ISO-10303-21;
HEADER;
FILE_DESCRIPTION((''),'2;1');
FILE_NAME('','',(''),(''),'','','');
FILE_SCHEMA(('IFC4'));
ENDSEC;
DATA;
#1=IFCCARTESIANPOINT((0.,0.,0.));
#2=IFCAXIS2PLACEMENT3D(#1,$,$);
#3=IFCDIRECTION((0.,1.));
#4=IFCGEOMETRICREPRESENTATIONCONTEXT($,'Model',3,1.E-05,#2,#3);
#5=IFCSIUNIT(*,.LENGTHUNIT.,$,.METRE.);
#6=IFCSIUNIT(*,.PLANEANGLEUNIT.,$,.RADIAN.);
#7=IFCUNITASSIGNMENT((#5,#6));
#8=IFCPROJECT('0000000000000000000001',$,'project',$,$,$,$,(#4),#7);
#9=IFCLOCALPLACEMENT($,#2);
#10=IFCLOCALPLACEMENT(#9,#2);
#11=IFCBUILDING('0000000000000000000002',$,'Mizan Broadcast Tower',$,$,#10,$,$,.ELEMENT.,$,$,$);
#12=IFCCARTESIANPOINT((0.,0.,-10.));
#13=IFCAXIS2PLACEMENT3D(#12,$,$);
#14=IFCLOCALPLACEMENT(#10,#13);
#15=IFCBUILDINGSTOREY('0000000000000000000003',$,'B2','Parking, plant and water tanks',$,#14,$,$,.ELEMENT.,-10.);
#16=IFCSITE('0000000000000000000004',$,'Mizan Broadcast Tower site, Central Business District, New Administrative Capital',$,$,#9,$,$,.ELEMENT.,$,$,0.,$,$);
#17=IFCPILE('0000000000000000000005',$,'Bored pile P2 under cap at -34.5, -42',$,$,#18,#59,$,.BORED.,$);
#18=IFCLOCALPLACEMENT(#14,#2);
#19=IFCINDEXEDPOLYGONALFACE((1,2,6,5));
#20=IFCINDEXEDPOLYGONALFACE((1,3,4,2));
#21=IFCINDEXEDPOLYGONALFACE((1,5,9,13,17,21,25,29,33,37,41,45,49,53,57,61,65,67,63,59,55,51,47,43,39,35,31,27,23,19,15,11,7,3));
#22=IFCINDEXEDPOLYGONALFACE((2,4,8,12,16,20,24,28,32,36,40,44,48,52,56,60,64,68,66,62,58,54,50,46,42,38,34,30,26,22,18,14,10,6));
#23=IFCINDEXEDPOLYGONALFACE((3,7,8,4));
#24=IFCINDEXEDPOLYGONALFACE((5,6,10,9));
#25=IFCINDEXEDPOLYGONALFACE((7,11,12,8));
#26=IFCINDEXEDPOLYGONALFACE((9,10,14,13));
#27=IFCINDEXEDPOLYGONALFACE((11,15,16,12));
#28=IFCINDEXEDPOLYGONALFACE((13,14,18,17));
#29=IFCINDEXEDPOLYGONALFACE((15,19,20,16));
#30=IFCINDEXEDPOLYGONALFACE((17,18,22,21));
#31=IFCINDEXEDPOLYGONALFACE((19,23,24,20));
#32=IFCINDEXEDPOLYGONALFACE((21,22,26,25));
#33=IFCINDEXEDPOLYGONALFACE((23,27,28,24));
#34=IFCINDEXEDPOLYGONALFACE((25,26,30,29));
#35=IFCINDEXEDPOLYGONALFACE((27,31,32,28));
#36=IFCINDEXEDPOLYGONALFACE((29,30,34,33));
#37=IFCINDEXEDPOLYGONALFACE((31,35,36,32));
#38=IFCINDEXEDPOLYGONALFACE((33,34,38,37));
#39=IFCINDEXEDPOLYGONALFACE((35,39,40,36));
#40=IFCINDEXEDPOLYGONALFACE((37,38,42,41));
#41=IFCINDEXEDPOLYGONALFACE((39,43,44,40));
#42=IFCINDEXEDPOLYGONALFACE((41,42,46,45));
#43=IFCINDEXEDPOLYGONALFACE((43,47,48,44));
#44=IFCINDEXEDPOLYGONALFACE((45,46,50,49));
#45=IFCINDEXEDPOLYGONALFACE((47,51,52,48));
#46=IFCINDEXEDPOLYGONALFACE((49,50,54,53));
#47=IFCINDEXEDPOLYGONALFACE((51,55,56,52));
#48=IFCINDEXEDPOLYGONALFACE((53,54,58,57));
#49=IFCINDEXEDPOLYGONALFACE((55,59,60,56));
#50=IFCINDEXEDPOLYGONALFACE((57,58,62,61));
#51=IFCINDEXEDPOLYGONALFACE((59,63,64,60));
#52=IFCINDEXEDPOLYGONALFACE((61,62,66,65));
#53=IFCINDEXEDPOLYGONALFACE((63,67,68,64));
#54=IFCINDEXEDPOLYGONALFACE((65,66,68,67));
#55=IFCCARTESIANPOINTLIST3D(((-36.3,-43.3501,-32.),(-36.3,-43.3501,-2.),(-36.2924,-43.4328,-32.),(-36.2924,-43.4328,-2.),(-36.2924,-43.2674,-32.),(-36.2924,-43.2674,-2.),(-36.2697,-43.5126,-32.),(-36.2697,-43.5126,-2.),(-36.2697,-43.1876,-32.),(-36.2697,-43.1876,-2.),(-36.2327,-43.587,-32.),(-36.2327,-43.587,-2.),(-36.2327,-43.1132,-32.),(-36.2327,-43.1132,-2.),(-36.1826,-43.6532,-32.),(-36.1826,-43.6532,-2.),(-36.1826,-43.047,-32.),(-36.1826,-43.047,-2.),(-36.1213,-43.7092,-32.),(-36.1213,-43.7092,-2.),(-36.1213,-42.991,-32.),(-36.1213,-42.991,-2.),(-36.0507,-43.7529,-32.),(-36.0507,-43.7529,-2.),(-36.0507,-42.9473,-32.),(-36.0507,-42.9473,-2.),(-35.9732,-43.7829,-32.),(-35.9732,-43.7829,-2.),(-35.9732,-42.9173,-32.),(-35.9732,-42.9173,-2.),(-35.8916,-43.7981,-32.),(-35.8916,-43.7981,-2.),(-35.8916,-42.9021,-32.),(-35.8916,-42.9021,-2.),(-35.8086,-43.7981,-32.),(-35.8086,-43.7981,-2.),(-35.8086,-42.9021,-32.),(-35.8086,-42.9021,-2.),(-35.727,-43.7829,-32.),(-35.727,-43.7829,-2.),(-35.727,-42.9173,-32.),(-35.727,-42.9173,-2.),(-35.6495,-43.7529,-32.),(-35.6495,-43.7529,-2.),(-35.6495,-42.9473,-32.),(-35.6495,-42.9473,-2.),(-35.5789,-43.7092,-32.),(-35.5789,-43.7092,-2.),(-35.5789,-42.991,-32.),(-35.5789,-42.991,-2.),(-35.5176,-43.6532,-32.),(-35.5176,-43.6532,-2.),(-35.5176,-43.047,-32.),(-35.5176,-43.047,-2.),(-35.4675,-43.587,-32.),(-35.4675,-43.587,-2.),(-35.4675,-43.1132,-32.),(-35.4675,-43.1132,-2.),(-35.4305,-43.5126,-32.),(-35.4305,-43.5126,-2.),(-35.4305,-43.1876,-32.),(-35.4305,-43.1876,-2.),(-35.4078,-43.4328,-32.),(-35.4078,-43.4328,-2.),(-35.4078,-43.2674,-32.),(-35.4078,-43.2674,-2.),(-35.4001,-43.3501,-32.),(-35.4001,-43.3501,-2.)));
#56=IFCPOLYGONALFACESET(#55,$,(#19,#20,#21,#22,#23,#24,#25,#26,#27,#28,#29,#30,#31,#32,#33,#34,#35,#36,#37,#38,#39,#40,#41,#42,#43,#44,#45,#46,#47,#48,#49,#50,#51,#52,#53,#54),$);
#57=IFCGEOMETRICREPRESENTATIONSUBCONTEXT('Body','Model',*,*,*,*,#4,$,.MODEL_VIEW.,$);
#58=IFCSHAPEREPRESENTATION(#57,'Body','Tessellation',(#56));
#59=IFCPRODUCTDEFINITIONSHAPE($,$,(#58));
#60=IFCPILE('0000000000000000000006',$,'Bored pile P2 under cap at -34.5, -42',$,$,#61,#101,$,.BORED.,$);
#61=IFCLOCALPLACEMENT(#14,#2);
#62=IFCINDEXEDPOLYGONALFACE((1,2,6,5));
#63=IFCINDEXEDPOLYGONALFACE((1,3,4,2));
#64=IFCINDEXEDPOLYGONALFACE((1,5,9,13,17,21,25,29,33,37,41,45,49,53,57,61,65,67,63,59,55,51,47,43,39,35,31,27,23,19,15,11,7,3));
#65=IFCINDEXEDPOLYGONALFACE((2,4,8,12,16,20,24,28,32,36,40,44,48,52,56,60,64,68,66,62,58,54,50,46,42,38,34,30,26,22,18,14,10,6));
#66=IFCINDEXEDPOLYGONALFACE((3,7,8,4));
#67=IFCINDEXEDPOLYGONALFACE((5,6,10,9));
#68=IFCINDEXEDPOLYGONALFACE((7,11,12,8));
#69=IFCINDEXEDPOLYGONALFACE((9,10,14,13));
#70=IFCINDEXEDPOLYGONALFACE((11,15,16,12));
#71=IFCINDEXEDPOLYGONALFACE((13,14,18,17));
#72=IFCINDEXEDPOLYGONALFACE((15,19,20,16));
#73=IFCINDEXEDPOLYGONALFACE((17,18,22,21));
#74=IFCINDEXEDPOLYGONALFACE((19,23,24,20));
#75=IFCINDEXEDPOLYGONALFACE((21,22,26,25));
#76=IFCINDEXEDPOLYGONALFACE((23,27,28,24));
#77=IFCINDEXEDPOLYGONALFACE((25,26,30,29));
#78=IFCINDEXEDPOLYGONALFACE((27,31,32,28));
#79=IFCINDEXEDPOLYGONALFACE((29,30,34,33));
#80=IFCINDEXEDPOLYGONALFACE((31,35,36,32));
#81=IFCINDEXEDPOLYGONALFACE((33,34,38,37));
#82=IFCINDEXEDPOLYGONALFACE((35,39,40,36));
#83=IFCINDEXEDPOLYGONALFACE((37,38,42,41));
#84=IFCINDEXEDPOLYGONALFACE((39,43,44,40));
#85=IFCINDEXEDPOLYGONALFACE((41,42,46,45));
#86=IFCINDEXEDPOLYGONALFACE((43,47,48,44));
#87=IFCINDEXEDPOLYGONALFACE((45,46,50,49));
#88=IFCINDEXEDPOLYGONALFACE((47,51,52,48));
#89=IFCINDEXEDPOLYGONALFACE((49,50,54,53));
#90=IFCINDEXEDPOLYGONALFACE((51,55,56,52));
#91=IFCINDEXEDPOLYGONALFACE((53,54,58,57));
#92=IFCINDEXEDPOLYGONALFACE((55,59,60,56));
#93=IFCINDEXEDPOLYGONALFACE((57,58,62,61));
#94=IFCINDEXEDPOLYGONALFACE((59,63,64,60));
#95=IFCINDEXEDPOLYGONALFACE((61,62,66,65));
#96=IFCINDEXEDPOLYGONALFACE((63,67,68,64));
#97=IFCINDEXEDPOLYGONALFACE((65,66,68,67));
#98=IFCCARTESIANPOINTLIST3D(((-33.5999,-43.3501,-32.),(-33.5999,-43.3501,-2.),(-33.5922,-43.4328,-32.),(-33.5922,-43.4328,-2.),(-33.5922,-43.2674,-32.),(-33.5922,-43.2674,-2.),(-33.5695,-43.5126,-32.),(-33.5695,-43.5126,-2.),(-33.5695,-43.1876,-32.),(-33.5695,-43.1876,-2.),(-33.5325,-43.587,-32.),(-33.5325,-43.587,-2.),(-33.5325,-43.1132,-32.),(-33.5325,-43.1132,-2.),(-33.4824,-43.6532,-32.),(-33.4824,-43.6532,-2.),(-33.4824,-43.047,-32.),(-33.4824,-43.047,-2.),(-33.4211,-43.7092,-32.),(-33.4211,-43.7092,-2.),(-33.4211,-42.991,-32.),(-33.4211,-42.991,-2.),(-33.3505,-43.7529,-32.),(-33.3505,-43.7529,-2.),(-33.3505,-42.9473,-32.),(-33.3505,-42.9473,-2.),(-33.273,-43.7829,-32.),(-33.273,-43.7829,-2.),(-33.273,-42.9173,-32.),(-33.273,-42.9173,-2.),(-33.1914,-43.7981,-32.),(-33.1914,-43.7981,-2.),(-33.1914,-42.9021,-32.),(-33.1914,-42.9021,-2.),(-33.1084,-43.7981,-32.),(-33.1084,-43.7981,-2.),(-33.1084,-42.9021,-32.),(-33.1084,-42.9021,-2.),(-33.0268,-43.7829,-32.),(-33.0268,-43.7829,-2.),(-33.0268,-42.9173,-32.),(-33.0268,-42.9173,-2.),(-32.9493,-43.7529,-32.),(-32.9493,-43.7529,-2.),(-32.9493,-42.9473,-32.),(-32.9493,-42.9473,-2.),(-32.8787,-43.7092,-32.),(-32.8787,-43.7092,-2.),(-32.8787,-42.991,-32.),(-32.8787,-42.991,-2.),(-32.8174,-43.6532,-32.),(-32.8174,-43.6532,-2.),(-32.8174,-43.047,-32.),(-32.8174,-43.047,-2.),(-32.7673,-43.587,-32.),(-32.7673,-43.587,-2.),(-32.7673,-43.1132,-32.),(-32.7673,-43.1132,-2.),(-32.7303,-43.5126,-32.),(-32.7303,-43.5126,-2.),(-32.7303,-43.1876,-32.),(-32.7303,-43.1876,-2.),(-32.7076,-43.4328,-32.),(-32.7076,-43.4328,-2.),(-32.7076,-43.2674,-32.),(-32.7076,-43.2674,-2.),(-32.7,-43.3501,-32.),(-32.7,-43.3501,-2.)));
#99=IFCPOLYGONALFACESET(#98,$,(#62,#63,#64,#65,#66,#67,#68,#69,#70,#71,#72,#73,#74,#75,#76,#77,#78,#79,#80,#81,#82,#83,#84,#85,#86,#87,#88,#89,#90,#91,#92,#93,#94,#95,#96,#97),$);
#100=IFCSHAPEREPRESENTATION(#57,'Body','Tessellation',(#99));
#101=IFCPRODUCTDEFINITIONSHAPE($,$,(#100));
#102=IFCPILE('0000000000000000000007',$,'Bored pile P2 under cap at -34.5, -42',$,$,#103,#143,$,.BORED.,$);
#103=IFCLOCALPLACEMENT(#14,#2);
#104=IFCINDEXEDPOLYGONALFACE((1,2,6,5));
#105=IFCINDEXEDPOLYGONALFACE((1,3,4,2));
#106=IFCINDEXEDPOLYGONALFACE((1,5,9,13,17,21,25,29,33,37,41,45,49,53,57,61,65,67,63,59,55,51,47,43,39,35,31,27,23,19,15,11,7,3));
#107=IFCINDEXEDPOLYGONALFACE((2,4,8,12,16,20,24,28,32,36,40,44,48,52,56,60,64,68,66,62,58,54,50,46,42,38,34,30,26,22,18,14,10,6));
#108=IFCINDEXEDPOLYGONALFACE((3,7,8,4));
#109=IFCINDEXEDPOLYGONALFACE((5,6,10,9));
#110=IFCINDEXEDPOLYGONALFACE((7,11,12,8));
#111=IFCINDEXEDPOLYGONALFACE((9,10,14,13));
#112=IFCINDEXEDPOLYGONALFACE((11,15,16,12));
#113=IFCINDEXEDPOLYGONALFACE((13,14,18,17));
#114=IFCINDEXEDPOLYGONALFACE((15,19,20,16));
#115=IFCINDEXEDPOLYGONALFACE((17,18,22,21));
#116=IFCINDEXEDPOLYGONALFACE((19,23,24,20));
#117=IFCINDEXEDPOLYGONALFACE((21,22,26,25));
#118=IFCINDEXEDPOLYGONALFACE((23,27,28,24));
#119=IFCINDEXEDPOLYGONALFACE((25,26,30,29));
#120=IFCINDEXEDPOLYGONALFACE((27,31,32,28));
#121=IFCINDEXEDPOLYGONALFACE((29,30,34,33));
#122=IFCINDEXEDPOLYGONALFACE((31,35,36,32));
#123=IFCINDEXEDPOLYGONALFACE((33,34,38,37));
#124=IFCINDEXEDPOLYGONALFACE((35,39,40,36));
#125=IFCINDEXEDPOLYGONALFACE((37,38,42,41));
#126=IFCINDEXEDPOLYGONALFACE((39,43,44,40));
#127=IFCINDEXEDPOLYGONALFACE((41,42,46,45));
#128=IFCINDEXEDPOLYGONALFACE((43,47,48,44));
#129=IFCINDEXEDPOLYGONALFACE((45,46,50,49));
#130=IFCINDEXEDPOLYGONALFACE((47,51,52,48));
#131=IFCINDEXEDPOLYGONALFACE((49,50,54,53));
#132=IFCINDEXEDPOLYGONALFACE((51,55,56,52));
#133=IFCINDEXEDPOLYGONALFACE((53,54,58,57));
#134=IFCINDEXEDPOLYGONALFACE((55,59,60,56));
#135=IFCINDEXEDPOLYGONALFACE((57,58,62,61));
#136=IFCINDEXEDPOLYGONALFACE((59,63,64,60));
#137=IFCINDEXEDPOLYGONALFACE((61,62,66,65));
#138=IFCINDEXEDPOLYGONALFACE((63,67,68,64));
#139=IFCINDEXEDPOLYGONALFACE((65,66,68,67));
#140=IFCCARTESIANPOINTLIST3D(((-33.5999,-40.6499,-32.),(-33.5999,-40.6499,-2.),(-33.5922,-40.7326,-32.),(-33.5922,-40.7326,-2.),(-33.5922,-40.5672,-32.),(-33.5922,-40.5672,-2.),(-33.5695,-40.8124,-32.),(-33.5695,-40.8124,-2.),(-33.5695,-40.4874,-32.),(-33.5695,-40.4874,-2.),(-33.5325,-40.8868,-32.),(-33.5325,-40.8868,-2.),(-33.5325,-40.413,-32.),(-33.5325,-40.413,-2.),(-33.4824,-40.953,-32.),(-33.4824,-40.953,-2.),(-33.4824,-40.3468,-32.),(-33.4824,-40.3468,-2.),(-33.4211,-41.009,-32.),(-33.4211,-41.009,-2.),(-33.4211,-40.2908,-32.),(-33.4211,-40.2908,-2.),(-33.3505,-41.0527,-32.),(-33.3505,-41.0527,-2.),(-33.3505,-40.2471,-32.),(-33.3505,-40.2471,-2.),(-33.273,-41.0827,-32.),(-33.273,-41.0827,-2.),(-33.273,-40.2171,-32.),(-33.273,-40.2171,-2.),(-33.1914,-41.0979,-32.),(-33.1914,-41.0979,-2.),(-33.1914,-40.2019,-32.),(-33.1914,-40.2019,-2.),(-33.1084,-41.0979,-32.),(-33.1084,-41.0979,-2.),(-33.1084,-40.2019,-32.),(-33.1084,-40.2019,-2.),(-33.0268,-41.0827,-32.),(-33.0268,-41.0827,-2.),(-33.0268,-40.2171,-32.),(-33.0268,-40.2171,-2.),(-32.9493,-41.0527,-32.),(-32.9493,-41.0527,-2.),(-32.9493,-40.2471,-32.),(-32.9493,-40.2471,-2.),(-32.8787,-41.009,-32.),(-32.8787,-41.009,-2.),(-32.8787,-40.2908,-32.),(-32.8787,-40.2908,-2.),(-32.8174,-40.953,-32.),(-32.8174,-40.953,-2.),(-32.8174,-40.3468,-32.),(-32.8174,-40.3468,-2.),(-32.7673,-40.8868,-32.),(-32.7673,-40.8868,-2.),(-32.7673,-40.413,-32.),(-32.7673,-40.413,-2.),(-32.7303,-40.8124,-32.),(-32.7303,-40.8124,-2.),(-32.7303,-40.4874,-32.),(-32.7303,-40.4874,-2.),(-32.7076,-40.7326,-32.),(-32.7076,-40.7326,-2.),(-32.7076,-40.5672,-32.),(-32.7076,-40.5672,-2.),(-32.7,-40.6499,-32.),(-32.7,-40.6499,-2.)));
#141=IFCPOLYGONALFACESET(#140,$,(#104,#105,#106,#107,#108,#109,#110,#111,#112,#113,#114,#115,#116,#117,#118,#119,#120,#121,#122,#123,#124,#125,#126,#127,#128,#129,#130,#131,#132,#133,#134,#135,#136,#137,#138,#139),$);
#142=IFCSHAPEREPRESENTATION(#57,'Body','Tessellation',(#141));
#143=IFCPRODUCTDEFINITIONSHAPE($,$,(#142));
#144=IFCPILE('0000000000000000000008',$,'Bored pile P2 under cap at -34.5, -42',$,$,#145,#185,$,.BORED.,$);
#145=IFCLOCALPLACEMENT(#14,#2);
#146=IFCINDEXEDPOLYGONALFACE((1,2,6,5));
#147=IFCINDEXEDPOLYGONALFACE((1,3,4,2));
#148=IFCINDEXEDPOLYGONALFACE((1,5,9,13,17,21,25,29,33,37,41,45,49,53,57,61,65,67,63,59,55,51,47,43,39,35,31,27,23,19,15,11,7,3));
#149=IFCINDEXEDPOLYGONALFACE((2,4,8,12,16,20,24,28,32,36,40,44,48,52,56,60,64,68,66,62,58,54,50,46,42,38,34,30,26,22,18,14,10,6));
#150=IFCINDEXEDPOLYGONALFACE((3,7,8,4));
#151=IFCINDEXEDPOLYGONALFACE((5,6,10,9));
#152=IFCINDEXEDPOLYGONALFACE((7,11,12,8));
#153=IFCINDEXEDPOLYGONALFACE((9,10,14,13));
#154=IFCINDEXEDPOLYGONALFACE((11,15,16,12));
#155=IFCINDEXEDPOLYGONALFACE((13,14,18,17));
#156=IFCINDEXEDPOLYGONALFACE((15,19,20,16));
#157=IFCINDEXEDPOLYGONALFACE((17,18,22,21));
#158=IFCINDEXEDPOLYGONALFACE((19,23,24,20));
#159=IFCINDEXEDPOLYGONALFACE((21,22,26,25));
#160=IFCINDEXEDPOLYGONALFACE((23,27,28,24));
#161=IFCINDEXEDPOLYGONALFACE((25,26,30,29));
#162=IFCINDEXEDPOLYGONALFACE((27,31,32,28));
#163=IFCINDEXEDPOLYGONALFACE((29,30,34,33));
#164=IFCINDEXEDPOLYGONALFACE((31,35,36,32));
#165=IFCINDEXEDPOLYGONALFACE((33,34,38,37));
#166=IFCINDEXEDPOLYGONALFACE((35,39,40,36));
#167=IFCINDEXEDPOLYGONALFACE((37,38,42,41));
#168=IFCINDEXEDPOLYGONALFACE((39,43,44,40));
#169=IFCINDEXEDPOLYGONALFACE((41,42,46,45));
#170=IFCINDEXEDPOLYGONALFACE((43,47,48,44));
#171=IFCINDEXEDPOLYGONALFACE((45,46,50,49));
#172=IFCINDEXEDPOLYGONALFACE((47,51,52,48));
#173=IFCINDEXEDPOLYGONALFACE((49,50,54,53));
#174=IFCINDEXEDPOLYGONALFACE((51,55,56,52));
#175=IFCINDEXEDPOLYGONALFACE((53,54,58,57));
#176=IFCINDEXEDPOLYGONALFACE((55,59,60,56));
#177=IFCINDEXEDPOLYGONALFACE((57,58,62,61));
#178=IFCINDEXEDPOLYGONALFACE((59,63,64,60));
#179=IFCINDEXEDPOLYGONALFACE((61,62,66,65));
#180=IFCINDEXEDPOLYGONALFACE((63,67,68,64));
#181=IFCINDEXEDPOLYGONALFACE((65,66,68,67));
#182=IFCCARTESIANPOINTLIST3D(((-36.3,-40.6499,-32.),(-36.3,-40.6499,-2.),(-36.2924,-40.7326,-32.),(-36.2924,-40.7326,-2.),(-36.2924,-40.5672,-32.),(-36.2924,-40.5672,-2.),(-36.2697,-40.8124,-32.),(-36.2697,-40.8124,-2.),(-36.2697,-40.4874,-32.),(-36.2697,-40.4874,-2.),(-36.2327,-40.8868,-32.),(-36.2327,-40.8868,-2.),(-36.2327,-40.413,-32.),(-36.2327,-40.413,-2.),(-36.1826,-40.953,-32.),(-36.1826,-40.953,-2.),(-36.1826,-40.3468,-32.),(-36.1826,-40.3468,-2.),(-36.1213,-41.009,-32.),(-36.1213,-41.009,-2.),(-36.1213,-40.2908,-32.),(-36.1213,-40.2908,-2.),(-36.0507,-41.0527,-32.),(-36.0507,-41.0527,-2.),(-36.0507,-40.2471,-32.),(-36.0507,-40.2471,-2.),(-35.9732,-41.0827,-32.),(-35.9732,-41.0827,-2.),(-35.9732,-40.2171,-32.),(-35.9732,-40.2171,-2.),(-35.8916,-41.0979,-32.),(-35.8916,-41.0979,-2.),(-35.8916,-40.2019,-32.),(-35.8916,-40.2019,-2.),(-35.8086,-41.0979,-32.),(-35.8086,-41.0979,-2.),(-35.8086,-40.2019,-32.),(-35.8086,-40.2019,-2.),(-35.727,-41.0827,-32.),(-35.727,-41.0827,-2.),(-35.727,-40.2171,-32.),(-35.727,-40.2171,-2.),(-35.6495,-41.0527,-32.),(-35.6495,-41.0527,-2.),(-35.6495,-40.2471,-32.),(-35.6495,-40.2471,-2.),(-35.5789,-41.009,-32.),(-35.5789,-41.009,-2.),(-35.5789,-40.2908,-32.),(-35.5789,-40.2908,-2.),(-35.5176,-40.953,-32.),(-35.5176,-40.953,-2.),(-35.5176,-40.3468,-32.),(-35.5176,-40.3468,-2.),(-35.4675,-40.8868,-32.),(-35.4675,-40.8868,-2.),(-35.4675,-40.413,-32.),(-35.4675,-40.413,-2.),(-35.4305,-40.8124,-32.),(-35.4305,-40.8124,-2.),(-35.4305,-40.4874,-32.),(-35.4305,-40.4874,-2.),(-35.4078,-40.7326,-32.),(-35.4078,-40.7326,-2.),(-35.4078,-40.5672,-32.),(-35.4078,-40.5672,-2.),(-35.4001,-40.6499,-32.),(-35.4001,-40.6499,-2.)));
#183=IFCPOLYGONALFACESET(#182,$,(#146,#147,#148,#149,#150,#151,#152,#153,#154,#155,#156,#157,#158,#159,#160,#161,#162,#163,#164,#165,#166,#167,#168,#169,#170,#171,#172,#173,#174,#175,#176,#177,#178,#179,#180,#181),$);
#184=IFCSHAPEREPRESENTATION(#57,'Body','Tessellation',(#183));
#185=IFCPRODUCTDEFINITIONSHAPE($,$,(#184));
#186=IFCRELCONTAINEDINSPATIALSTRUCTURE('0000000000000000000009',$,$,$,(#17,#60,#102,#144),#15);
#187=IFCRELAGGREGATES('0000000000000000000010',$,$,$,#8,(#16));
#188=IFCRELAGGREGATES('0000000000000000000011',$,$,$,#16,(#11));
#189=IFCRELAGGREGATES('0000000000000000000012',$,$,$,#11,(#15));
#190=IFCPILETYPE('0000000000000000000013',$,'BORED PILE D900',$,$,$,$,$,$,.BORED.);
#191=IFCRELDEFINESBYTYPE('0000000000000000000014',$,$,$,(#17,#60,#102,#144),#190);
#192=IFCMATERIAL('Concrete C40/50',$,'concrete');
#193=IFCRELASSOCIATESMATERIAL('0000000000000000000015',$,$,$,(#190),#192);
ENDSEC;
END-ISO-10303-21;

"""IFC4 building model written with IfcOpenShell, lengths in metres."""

from ifc_helpers import new_model, si_unit, direction, frame, origin, origin_2d, place, context, subcontext, project, spatial, circle, extrude, material, material_profile, profile_set, type_object, element, save


model = new_model("IFC4")

# Units and contexts
model_context = context("Model", 3, precision=1e-05, world=origin(), true_north=direction((0.0, 1.0)))
body_context = subcontext(model_context, "Body", "Model", "MODEL_VIEW")
ifc_project = project(units=[si_unit("LENGTHUNIT", "METRE"), si_unit("PLANEANGLEUNIT", "RADIAN")], contexts=[model_context])

# Site, building, storey
site_placement = place(None, origin())
site = spatial("IfcSite", under=ifc_project, at=site_placement, Name="Mizan Broadcast Tower site, Central Business District, New Administrative Capital", CompositionType="ELEMENT", RefElevation=0.0)
building_placement = place(site_placement, origin())
building = spatial("IfcBuilding", under=site, at=building_placement, Name="Mizan Broadcast Tower", CompositionType="ELEMENT")
storey_placement = place(building_placement, frame((0.0, 0.0, -10.0)))
storey = spatial("IfcBuildingStorey", under=building, at=storey_placement, Name="B2", Description="Parking, plant and water tanks", CompositionType="ELEMENT", Elevation=-10.0)

# Piles
ifc_material_1 = material(Name="Concrete C40/50", Category="concrete")
ifc_material_profile_1 = material_profile(ifc_material_1, circle(Radius=0.45, at=origin_2d()), Name="D900")
ifc_profile_set_1 = profile_set([ifc_material_profile_1], Name="Concrete C40/50")
pile_type = type_object("IfcPileType", Name="BORED PILE D900", PredefinedType="BORED", material=ifc_profile_set_1)
for number, where, z_axis, x_axis, name in (
    (1, (-35.8501, -43.3501, -2.0), (0.0, 0.0, -1.0), (1.0, 0.0, 0.0), "Bored pile P2 under cap at -34.5, -42"),
    (2, (-33.1499, -43.3501, -2.0), (0.0, 0.0, -1.0), (1.0, 0.0, 0.0), "Bored pile P2 under cap at -34.5, -42"),
    (3, (-33.1499, -40.6499, -2.0), (0.0, 0.0, -1.0), (1.0, 0.0, 0.0), "Bored pile P2 under cap at -34.5, -42"),
    (4, (-35.8501, -40.6499, -2.0), (0.0, 0.0, -1.0), (1.0, 0.0, 0.0), "Bored pile P2 under cap at -34.5, -42"),
):
    element("IfcPile", number, at=place(storey_placement, frame(where, z_axis=z_axis, x_axis=x_axis)), inside=storey, type_object=pile_type, Name=name, PredefinedType="BORED", context=body_context, shape_type="SweptSolid", body=[
        extrude(circle(Radius=0.45, at=origin_2d()), origin(), (0.0, 0.0, 1.0), 30.0),
    ])

save(model, "model.ifc")
